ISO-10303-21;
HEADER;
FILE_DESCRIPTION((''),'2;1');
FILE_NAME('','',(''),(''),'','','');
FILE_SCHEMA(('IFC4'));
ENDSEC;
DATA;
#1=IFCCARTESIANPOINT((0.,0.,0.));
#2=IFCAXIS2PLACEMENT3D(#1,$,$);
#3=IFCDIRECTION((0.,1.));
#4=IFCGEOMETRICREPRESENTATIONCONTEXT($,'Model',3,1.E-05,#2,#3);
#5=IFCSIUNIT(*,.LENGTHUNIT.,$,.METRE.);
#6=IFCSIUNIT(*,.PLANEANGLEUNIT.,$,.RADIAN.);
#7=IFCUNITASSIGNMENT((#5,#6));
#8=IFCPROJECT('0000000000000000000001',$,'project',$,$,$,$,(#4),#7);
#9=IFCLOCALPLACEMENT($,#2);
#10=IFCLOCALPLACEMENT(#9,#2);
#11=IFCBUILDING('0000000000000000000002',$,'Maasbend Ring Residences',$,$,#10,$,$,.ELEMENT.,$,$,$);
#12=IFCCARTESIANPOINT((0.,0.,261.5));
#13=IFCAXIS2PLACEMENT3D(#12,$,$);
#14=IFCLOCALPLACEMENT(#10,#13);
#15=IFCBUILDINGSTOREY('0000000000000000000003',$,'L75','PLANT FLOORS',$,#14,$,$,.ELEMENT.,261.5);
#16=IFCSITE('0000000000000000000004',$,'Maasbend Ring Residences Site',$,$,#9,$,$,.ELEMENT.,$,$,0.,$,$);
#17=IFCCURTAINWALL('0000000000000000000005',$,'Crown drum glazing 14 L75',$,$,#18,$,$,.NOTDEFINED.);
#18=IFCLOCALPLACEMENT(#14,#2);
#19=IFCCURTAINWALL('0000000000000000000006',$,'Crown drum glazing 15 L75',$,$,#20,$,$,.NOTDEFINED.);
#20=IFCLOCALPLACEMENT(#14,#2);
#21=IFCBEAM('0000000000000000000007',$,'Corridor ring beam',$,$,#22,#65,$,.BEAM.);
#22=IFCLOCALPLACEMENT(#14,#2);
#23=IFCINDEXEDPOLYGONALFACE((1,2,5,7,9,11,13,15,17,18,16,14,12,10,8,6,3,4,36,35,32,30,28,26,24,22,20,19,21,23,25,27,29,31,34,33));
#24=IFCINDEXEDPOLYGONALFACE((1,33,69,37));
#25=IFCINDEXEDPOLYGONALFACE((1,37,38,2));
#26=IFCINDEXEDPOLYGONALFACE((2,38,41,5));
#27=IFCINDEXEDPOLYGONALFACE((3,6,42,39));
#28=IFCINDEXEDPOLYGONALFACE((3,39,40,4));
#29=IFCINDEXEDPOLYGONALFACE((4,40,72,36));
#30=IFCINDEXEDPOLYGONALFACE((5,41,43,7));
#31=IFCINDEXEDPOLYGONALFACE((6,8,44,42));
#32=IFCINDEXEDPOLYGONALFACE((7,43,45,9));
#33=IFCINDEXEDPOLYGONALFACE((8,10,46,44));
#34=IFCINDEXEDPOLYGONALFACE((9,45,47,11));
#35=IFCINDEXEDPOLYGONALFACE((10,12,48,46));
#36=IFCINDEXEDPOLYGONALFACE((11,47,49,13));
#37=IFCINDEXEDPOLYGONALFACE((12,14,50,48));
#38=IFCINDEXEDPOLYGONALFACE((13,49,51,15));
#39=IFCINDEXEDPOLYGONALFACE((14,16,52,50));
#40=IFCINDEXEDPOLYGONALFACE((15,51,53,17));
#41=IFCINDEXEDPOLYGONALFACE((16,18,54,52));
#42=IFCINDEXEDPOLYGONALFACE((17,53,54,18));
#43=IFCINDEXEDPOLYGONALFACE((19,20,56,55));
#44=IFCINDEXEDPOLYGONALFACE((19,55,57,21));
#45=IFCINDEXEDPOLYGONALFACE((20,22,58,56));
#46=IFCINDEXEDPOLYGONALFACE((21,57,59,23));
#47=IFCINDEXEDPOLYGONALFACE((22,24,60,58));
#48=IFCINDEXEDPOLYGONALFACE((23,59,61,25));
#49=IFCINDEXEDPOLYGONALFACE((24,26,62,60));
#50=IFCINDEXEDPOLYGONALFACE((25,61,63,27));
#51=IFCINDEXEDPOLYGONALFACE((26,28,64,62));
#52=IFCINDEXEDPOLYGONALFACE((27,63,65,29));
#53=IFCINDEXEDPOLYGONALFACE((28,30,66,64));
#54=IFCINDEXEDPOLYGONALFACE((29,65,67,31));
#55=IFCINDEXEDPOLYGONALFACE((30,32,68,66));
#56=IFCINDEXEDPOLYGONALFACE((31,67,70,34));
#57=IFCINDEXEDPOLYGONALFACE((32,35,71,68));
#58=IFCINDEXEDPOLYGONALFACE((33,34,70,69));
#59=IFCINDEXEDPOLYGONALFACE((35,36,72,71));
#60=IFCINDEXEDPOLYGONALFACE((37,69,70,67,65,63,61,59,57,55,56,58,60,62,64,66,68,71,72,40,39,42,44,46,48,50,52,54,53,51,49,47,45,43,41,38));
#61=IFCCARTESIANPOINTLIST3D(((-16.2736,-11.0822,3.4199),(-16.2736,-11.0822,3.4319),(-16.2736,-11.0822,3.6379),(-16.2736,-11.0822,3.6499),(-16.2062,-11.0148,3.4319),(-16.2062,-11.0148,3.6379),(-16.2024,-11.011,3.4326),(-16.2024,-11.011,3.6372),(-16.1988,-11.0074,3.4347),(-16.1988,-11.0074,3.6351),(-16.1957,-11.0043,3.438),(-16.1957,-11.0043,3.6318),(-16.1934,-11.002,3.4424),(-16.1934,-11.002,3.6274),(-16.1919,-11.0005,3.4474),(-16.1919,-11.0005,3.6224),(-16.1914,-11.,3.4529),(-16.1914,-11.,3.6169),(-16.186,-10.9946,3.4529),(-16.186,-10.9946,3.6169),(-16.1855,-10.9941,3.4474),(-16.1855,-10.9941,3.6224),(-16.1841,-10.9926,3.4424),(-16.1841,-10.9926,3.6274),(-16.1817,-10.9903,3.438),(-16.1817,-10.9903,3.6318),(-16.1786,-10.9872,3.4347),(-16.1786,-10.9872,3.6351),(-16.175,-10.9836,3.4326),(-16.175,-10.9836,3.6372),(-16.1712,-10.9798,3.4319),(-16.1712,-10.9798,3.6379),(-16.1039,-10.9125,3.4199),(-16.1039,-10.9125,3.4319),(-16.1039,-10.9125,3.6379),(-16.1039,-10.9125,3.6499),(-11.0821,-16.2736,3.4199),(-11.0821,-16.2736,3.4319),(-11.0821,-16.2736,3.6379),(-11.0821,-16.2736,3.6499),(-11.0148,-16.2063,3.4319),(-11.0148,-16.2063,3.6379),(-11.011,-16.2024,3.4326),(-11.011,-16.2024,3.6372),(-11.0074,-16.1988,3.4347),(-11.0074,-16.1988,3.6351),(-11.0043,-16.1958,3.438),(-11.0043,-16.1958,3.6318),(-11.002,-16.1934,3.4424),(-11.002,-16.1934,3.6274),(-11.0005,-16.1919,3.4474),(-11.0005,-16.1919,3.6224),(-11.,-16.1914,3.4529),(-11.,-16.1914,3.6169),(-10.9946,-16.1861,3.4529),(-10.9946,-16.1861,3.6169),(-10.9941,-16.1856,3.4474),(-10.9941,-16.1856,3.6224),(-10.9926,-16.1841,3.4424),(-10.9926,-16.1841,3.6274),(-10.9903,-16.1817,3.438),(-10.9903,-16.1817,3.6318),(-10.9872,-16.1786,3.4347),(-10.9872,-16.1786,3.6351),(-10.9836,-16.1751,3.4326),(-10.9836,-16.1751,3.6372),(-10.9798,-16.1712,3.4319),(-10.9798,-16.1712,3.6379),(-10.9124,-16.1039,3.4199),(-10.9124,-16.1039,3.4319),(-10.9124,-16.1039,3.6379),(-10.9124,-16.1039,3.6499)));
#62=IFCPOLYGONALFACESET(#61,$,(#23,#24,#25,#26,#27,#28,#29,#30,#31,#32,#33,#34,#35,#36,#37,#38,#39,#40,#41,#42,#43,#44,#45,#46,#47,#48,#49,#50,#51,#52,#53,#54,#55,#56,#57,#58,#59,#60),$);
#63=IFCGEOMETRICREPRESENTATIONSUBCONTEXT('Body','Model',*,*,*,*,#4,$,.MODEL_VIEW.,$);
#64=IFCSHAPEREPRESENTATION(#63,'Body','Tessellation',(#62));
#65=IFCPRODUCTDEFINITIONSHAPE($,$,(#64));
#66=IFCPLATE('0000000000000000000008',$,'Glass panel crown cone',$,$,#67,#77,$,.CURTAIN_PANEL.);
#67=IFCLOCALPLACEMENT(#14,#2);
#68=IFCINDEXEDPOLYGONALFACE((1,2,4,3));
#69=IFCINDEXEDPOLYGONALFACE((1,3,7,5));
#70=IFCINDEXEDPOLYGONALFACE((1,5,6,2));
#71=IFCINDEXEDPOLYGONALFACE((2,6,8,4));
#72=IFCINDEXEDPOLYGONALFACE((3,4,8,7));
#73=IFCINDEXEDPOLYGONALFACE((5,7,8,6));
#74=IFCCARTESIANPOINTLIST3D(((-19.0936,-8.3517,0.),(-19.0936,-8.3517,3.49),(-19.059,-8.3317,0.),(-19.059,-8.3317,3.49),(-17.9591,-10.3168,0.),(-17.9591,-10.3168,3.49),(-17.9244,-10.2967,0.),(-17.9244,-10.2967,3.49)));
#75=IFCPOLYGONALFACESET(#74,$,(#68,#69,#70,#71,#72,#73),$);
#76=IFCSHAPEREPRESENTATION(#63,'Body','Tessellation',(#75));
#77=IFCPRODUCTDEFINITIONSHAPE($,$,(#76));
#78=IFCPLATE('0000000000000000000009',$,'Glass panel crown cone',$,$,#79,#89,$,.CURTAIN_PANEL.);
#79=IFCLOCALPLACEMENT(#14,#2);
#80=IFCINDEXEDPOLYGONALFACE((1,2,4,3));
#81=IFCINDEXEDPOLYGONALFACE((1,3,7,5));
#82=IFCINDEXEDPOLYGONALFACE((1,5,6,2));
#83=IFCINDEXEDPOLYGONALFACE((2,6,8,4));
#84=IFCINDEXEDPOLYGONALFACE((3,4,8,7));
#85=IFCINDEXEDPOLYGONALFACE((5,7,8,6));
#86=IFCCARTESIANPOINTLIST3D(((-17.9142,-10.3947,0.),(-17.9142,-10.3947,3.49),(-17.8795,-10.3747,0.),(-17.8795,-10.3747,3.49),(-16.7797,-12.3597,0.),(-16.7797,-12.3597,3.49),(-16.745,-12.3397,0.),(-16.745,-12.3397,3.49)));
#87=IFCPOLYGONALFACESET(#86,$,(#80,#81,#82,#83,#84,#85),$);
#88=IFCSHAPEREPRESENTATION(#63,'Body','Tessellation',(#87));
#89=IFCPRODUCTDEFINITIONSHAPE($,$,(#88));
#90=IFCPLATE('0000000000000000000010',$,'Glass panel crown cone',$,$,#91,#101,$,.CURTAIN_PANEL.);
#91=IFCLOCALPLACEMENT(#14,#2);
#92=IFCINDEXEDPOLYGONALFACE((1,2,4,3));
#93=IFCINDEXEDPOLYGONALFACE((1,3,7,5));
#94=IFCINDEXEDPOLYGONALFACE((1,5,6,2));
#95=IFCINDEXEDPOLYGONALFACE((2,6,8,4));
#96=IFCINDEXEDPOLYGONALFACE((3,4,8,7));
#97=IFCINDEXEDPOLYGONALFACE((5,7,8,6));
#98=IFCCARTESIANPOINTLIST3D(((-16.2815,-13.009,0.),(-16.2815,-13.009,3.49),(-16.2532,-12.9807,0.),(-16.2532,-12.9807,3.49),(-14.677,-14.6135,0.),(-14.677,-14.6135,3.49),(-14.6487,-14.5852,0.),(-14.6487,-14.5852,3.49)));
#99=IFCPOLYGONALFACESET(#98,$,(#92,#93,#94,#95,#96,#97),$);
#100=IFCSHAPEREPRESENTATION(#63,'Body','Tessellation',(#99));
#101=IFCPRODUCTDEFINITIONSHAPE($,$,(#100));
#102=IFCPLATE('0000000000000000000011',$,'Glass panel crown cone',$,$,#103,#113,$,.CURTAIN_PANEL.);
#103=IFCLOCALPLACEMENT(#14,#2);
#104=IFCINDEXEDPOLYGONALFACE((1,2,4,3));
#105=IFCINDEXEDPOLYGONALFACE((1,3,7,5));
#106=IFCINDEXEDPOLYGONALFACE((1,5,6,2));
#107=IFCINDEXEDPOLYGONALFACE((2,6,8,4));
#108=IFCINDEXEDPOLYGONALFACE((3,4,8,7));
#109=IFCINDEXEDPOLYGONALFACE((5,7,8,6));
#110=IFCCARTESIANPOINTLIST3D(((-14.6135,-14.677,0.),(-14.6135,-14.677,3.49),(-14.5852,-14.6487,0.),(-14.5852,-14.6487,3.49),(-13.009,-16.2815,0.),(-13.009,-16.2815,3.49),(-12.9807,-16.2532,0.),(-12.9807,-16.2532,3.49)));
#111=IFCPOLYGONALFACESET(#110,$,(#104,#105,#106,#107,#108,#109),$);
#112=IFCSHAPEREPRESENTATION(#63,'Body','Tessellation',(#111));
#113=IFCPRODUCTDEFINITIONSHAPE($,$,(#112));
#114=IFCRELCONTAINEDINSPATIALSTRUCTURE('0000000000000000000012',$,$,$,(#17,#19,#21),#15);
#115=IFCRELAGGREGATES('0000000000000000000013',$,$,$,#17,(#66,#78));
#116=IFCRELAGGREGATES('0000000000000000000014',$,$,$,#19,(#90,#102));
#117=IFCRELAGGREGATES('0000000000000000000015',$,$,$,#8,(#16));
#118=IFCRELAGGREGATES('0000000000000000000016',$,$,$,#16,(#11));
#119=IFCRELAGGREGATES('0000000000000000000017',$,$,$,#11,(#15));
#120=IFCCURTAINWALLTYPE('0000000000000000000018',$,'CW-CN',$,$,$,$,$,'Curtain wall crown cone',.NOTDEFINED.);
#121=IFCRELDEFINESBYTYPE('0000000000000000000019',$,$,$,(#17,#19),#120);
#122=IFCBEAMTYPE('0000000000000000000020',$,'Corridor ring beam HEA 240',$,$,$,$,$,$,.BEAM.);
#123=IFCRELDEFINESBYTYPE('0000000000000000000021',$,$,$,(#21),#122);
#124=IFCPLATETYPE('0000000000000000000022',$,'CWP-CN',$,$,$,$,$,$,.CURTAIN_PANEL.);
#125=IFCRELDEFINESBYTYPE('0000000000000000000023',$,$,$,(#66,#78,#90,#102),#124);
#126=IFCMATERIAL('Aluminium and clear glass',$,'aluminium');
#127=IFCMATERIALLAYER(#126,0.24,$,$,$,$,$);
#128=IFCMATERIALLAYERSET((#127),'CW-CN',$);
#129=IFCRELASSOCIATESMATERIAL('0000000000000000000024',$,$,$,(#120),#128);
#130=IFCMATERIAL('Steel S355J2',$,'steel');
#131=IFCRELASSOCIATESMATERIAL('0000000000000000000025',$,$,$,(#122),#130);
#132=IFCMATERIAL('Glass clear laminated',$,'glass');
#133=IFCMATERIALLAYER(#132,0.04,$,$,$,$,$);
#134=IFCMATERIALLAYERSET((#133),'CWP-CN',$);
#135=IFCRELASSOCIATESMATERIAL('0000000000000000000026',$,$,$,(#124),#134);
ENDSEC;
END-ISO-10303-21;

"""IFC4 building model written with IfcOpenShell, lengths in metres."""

from ifc_helpers import new_model, si_unit, direction, frame, origin, origin_2d, place, context, subcontext, project, spatial, rectangle, i_section, extrude, material, layer, layer_set, material_profile, profile_set, type_object, element, aggregate, save


model = new_model("IFC4")

# Units and contexts
model_context = context("Model", 3, precision=1e-05, world=origin(), true_north=direction((0.0, 1.0)))
body_context = subcontext(model_context, "Body", "Model", "MODEL_VIEW")
ifc_project = project(units=[si_unit("LENGTHUNIT", "METRE"), si_unit("PLANEANGLEUNIT", "RADIAN")], contexts=[model_context])

# Site, building, storey
site_placement = place(None, origin())
site = spatial("IfcSite", under=ifc_project, at=site_placement, Name="Maasbend Ring Residences Site", CompositionType="ELEMENT", RefElevation=0.0)
building_placement = place(site_placement, origin())
building = spatial("IfcBuilding", under=site, at=building_placement, Name="Maasbend Ring Residences", CompositionType="ELEMENT")
storey_placement = place(building_placement, frame((0.0, 0.0, 261.5)))
storey = spatial("IfcBuildingStorey", under=building, at=storey_placement, Name="L75", Description="PLANT FLOORS", CompositionType="ELEMENT", Elevation=261.5)

# Curtain walls
ifc_material_1 = material(Name="Aluminium and clear glass", Category="aluminium")
ifc_layer_1 = layer(ifc_material_1, 0.24)
ifc_layer_set_1 = layer_set([ifc_layer_1], Name="CW-CN")
curtain_wall_type = type_object("IfcCurtainWallType", Name="CW-CN", ElementType="Curtain wall crown cone", PredefinedType="NOTDEFINED", material=ifc_layer_set_1)
curtain_wall_1_placement = place(storey_placement, origin())
curtain_wall_1 = element("IfcCurtainWall", 1, at=curtain_wall_1_placement, inside=storey, type_object=curtain_wall_type, Name="Crown drum glazing 14 L75", PredefinedType="NOTDEFINED")
curtain_wall_2_placement = place(storey_placement, origin())
curtain_wall_2 = element("IfcCurtainWall", 2, at=curtain_wall_2_placement, inside=storey, type_object=curtain_wall_type, Name="Crown drum glazing 15 L75", PredefinedType="NOTDEFINED")

# Beam
ifc_material_2 = material(Name="Steel S355J2", Category="steel")
ifc_material_profile_1 = material_profile(ifc_material_2, i_section(OverallWidth=0.24, OverallDepth=0.23, WebThickness=0.0076, FlangeThickness=0.012, FilletRadius=0.021, at=origin_2d()), Name="HEA 240")
ifc_profile_set_1 = profile_set([ifc_material_profile_1], Name="Steel S355J2")
beam_type = type_object("IfcBeamType", Name="Corridor ring beam HEA 240", PredefinedType="BEAM", material=ifc_profile_set_1)
beam_placement = place(storey_placement, frame((-16.1887, -10.9973, 3.5349), z_axis=(0.707107, -0.707107, 0.0), x_axis=(0.707107, 0.707107, 0.0)))
element("IfcBeam", 3, at=beam_placement, inside=storey, type_object=beam_type, Name="Corridor ring beam", PredefinedType="BEAM", context=body_context, shape_type="SweptSolid", body=[
    extrude(i_section(OverallWidth=0.24, OverallDepth=0.23, WebThickness=0.0076, FlangeThickness=0.012, FilletRadius=0.021, at=origin_2d()), origin(), (0.0, 0.0, 1.0), 7.3418),
])

# Plates
ifc_material_3 = material(Name="Glass clear laminated", Category="glass")
ifc_layer_2 = layer(ifc_material_3, 0.04)
ifc_layer_set_2 = layer_set([ifc_layer_2], Name="CWP-CN")
plate_type = type_object("IfcPlateType", Name="CWP-CN", PredefinedType="CURTAIN_PANEL", material=ifc_layer_set_2)
plate_1_placement = place(storey_placement, frame((-18.509, -9.3242, 0.0), z_axis=(0.0, 0.0, 1.0), x_axis=(0.5, -0.866025, 0.0)))
plate_1 = element("IfcPlate", 4, at=plate_1_placement, type_object=plate_type, Name="Glass panel crown cone", PredefinedType="CURTAIN_PANEL", context=body_context, shape_type="SweptSolid", body=[
    extrude(rectangle(XDim=2.269, YDim=0.04, at=origin_2d()), origin(), (0.0, 0.0, 1.0), 3.49),
])
plate_2_placement = place(storey_placement, frame((-17.3296, -11.3672, 0.0), z_axis=(0.0, 0.0, 1.0), x_axis=(0.5, -0.866025, 0.0)))
plate_2 = element("IfcPlate", 5, at=plate_2_placement, type_object=plate_type, Name="Glass panel crown cone", PredefinedType="CURTAIN_PANEL", context=body_context, shape_type="SweptSolid", body=[
    extrude(rectangle(XDim=2.269, YDim=0.04, at=origin_2d()), origin(), (0.0, 0.0, 1.0), 3.49),
])
aggregate(curtain_wall_1, [plate_1, plate_2])
plate_3_placement = place(storey_placement, frame((-15.4651, -13.7971, 0.0), z_axis=(0.0, 0.0, 1.0), x_axis=(0.707107, -0.707107, 0.0)))
plate_3 = element("IfcPlate", 6, at=plate_3_placement, type_object=plate_type, Name="Glass panel crown cone", PredefinedType="CURTAIN_PANEL", context=body_context, shape_type="SweptSolid", body=[
    extrude(rectangle(XDim=2.269, YDim=0.04, at=origin_2d()), origin(), (0.0, 0.0, 1.0), 3.49),
])
plate_4_placement = place(storey_placement, frame((-13.7971, -15.4651, 0.0), z_axis=(0.0, 0.0, 1.0), x_axis=(0.707107, -0.707107, 0.0)))
plate_4 = element("IfcPlate", 7, at=plate_4_placement, type_object=plate_type, Name="Glass panel crown cone", PredefinedType="CURTAIN_PANEL", context=body_context, shape_type="SweptSolid", body=[
    extrude(rectangle(XDim=2.269, YDim=0.04, at=origin_2d()), origin(), (0.0, 0.0, 1.0), 3.49),
])
aggregate(curtain_wall_2, [plate_3, plate_4])

save(model, "model.ifc")
